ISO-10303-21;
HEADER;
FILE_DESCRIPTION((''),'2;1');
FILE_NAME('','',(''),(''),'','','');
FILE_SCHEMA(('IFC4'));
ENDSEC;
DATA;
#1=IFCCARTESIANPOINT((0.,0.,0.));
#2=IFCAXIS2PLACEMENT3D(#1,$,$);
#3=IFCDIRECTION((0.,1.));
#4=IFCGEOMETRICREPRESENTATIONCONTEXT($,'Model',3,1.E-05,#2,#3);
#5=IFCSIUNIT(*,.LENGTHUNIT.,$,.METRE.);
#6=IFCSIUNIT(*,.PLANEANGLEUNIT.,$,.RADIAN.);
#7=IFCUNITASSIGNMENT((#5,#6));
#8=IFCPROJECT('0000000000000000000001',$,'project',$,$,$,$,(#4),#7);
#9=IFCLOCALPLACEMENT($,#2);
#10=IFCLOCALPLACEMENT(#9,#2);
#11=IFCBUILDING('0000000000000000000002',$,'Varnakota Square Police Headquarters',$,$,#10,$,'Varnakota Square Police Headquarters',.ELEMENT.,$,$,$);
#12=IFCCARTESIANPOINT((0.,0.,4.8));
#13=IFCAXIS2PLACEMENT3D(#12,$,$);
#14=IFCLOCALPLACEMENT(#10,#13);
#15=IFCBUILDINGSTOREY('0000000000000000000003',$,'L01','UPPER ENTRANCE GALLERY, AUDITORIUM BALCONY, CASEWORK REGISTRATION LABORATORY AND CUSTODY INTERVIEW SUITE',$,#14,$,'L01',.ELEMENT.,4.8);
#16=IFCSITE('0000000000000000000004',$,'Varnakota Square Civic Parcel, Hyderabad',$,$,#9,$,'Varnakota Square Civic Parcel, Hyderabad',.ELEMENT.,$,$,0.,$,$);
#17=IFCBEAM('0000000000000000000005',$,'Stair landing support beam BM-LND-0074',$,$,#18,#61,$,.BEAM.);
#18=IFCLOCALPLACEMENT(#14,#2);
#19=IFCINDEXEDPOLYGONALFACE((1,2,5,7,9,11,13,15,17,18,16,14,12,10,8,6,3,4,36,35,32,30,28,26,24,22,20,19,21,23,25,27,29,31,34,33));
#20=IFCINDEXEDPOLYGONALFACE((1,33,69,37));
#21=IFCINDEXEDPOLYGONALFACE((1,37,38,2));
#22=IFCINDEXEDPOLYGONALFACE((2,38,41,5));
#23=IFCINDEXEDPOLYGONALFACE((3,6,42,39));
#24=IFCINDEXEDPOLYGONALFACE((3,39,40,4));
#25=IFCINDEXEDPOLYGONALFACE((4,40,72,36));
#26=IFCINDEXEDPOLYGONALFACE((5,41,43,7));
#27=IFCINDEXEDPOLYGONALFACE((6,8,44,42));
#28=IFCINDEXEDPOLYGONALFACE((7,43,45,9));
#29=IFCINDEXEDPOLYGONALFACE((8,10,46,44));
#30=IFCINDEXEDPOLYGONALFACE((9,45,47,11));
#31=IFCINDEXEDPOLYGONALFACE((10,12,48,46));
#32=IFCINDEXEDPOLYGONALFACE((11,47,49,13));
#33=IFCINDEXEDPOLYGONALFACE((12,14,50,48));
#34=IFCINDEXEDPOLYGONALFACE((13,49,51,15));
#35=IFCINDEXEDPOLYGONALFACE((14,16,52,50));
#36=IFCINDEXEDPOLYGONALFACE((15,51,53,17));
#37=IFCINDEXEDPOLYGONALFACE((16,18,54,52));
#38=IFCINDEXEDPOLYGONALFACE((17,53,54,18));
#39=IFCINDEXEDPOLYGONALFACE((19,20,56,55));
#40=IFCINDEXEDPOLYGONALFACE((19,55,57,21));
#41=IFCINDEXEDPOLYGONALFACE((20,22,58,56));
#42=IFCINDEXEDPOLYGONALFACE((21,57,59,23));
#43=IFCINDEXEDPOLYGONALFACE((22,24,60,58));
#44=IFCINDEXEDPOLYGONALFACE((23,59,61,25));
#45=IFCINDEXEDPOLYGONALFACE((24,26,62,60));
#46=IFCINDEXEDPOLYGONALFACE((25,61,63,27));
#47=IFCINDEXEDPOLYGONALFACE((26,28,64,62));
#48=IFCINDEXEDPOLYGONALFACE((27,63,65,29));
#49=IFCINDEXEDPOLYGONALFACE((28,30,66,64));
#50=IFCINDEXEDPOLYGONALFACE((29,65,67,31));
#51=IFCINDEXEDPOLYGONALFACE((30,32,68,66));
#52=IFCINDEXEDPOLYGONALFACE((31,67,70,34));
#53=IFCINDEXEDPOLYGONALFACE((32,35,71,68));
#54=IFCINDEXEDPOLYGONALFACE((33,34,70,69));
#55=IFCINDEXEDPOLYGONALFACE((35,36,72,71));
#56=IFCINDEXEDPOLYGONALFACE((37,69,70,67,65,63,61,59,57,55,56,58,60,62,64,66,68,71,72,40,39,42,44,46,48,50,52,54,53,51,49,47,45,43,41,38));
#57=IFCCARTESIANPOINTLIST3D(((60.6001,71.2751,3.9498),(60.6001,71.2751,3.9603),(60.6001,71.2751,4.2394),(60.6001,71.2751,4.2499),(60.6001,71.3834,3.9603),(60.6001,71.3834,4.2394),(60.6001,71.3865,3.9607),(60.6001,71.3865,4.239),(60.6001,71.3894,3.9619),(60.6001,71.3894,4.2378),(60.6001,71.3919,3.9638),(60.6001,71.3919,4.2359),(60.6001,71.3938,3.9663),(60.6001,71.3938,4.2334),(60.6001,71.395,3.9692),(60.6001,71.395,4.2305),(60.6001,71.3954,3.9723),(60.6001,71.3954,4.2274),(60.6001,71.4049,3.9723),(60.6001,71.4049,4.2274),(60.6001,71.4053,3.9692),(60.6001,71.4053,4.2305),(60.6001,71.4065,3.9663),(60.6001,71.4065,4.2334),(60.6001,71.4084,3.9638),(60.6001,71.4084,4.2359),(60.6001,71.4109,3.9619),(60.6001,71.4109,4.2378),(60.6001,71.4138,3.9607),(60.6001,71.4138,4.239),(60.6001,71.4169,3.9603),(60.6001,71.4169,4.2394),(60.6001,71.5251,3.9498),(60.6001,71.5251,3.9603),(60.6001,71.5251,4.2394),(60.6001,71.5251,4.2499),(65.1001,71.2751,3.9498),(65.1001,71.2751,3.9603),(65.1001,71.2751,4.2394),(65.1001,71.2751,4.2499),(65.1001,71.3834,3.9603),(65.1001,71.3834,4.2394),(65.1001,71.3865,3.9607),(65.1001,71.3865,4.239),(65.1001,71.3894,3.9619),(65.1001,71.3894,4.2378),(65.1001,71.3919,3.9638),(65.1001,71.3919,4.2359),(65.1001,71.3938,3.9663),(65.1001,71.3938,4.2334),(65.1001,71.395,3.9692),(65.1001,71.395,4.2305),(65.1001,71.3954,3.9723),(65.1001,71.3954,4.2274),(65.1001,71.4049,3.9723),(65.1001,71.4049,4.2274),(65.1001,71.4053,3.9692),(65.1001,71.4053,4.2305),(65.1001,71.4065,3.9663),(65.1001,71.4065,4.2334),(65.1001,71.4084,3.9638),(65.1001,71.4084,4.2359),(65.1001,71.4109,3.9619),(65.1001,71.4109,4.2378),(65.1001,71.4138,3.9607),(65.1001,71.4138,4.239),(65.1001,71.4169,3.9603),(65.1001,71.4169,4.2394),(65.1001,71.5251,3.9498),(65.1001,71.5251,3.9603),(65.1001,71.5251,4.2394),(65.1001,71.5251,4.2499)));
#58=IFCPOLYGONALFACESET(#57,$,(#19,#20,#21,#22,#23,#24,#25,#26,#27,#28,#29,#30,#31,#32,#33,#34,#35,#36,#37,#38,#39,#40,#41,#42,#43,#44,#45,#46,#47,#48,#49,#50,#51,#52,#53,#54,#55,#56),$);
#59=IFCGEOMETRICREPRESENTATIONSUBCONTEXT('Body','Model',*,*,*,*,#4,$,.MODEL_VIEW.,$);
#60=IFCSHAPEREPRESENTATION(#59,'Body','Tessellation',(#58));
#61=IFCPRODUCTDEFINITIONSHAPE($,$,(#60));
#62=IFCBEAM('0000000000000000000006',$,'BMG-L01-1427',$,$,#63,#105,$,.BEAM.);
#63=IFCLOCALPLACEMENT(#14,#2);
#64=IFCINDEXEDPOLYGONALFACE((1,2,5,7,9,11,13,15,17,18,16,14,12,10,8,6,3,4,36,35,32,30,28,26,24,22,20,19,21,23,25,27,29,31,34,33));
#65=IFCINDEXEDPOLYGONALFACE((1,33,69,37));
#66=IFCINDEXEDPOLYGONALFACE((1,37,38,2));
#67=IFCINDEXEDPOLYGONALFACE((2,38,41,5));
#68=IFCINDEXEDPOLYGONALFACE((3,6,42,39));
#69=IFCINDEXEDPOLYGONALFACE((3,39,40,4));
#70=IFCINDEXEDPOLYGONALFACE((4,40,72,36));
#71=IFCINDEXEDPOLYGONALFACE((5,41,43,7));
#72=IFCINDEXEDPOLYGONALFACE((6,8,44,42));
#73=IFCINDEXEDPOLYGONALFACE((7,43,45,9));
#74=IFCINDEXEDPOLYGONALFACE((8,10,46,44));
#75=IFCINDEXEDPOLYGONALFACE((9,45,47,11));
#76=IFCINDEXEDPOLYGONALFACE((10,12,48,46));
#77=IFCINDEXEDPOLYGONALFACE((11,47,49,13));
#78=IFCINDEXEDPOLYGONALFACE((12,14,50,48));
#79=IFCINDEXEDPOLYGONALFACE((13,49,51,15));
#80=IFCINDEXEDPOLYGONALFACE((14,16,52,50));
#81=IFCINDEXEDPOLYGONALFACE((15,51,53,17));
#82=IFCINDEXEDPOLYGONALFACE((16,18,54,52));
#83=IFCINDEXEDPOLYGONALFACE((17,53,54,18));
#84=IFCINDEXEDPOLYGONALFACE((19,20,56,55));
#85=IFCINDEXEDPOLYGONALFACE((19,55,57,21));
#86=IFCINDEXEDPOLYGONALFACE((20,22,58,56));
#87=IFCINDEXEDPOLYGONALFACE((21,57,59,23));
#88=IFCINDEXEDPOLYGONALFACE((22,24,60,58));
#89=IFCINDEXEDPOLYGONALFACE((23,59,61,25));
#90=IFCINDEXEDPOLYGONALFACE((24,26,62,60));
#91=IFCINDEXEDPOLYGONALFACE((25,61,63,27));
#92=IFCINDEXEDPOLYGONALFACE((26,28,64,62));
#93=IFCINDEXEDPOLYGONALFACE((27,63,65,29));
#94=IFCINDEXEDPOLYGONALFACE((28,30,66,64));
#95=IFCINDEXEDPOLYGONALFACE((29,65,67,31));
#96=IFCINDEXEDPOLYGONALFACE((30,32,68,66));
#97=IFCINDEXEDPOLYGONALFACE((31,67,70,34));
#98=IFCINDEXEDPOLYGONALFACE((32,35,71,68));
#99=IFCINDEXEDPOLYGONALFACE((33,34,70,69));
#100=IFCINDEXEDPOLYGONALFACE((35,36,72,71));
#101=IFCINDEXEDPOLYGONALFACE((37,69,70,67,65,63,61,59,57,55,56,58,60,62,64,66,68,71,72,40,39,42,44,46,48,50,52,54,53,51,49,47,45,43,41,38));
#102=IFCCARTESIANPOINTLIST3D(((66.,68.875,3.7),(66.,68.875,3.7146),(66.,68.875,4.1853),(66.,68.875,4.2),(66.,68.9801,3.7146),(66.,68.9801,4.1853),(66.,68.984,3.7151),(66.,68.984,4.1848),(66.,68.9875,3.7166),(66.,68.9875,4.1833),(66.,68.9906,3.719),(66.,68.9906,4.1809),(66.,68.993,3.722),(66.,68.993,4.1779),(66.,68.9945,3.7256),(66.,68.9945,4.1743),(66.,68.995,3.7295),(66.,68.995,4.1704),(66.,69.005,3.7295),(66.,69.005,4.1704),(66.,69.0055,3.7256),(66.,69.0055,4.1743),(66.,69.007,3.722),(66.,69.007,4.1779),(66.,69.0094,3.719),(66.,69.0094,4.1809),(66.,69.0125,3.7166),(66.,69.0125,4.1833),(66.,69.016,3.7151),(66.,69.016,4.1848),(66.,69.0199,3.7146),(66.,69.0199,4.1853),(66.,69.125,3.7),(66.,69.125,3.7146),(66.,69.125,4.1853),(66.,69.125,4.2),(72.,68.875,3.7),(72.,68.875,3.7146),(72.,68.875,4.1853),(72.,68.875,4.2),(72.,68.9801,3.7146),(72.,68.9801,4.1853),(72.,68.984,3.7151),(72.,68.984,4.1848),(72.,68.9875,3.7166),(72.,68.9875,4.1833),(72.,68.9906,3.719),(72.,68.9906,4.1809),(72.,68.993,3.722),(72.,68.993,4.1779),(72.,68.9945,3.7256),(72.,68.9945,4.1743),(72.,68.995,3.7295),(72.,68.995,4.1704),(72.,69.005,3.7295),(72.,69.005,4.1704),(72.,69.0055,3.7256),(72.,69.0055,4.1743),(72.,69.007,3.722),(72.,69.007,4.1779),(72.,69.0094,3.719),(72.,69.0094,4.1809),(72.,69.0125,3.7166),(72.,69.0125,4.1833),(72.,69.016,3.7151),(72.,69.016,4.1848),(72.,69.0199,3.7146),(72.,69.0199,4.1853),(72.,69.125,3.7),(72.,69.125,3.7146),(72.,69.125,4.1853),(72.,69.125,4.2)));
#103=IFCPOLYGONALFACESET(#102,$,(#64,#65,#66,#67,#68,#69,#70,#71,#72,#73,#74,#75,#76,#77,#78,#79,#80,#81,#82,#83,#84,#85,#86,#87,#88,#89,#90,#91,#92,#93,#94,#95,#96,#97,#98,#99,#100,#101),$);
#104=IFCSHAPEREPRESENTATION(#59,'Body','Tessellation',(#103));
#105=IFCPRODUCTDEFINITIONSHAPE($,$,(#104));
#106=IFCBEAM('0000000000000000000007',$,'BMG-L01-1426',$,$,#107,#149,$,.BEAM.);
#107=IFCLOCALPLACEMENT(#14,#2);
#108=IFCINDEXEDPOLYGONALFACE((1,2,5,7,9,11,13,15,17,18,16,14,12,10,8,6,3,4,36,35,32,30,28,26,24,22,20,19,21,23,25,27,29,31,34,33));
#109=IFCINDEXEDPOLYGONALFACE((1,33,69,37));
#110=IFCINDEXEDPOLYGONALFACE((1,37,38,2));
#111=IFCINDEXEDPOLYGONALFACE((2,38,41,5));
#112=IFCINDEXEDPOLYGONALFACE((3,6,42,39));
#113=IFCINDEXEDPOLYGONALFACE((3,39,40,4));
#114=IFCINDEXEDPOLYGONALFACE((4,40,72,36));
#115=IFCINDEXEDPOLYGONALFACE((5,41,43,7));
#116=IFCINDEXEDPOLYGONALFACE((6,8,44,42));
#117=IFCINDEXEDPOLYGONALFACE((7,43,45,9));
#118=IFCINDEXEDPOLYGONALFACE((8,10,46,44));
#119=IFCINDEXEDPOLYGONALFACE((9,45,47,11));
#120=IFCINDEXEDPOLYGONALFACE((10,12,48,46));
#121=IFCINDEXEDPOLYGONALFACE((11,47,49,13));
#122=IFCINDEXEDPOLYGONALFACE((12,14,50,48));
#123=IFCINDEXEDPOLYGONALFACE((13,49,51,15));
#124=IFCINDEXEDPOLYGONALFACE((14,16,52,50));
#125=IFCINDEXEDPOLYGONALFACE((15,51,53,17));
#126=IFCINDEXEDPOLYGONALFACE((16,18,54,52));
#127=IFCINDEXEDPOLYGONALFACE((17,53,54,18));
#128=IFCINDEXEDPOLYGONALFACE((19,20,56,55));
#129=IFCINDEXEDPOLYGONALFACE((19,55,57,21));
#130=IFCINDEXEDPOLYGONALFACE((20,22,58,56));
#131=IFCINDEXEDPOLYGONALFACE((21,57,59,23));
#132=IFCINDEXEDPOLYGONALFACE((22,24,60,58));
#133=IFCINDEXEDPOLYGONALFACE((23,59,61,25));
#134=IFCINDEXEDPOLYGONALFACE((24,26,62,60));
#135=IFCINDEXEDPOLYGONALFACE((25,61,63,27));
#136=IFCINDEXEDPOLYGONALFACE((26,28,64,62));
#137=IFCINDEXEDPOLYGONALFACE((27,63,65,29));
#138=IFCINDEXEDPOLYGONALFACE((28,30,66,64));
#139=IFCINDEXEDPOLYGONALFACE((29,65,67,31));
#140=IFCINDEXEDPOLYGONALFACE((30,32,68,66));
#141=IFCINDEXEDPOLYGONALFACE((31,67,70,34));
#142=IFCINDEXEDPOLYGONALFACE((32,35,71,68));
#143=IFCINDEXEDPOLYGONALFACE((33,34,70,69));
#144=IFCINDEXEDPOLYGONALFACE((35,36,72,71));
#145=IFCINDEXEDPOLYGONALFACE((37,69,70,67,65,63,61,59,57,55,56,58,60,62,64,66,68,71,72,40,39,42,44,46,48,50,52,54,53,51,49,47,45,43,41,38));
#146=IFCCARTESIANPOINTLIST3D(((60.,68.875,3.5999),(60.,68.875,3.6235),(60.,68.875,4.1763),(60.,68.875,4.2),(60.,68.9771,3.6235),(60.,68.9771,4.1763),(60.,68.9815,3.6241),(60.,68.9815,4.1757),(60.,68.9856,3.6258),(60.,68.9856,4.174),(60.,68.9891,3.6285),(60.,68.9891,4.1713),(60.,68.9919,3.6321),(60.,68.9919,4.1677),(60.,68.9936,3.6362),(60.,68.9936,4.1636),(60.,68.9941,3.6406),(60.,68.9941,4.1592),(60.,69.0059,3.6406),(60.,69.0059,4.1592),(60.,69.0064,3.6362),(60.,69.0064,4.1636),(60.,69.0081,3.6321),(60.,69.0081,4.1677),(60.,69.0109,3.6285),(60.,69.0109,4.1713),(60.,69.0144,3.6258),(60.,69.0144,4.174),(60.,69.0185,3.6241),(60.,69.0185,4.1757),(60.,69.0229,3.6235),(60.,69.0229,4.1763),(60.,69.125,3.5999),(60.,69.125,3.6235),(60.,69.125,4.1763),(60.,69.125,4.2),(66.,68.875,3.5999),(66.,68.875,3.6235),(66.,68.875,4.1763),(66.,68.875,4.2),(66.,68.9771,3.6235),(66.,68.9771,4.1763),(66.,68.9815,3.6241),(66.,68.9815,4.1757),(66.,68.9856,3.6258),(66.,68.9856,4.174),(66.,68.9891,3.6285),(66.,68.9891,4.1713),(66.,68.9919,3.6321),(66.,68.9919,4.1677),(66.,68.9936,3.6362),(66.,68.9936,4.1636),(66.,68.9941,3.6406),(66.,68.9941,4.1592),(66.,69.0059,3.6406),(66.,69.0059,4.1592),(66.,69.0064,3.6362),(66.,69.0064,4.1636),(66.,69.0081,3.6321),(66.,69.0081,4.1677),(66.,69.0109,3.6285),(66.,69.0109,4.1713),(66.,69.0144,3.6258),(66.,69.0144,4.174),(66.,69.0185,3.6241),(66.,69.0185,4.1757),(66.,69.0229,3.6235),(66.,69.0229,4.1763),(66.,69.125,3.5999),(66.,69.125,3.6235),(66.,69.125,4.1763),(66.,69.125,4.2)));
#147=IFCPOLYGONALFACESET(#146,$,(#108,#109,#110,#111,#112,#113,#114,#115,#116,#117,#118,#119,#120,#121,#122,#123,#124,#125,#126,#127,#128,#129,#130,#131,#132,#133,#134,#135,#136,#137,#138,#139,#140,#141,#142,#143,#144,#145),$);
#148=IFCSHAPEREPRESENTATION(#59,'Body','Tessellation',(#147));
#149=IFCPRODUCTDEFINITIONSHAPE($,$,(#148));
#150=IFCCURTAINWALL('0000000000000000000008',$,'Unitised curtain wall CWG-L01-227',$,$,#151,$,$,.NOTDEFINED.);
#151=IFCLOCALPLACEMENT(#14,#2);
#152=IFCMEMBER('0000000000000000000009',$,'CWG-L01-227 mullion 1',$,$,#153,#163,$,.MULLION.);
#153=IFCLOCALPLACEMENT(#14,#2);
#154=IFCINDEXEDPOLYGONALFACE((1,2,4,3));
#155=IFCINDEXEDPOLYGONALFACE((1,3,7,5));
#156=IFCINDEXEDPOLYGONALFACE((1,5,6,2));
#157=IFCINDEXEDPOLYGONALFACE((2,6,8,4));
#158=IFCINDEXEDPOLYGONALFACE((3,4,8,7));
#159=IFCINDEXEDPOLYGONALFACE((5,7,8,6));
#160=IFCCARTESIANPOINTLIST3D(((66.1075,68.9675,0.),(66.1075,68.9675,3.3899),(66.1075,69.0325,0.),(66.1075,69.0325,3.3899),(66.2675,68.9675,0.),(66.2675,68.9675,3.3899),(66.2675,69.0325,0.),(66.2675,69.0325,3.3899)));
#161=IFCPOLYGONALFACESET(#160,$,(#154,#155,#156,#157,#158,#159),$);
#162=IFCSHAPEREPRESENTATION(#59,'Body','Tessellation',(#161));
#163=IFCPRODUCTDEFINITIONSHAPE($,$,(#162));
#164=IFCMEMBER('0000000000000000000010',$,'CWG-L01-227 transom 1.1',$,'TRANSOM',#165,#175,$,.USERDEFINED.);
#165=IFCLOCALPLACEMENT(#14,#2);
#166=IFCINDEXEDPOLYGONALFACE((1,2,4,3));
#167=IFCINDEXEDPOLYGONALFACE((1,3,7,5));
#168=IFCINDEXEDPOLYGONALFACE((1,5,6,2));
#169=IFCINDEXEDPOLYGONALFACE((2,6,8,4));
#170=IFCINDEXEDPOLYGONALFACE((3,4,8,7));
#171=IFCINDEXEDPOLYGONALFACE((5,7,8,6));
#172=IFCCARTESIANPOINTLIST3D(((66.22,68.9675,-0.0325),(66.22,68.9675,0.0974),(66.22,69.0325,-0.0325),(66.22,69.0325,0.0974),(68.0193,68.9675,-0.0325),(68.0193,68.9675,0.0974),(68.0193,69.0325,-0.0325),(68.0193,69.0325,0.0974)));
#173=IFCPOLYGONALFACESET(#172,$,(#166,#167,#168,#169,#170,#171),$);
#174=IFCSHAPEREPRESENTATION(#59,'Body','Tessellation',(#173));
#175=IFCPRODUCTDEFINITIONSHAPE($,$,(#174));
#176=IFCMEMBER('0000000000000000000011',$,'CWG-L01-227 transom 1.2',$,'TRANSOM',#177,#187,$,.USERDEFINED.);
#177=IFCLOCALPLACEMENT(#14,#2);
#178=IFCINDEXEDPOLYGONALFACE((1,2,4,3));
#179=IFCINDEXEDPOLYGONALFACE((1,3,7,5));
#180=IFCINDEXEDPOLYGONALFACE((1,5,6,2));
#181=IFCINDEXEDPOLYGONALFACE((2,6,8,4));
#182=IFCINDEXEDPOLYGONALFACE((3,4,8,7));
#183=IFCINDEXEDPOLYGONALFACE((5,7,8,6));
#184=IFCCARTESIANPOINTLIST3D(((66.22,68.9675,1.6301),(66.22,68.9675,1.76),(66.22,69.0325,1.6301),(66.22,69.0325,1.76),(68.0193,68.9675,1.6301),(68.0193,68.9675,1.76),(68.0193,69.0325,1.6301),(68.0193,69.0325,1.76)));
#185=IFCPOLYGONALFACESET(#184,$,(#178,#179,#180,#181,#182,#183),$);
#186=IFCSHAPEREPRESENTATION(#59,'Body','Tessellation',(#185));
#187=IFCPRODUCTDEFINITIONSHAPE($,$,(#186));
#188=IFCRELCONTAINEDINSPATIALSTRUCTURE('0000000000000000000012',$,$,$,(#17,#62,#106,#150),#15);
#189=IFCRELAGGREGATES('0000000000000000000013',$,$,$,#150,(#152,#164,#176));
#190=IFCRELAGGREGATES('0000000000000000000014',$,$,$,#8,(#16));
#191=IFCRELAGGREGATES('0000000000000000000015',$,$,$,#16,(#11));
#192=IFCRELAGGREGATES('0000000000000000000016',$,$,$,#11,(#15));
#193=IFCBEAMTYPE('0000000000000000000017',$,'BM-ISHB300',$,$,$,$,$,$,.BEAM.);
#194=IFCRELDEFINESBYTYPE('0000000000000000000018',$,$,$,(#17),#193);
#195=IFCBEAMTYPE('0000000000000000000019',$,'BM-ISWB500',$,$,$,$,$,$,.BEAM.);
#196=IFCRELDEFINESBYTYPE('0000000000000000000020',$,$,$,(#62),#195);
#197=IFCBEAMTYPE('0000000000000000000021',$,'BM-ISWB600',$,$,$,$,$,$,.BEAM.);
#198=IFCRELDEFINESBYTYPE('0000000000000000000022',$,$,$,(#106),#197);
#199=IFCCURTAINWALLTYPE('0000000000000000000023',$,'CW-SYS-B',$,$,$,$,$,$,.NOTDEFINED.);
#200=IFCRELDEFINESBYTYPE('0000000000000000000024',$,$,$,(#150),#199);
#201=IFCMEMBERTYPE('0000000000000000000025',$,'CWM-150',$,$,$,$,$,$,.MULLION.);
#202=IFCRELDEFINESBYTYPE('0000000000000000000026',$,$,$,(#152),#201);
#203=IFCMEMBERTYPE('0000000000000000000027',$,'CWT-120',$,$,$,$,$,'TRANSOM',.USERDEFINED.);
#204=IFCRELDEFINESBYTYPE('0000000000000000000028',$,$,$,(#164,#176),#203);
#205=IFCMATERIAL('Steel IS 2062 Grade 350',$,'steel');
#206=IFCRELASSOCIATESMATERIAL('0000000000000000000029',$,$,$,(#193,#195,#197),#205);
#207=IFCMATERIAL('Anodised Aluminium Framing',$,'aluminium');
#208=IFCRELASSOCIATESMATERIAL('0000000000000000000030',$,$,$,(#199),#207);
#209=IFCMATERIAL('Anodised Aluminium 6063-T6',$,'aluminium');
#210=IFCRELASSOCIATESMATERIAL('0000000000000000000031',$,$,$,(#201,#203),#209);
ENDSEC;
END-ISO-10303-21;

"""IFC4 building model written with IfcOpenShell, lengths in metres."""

from ifc_helpers import new_model, si_unit, direction, frame, origin, origin_2d, place, context, subcontext, project, spatial, rectangle, i_section, extrude, material, material_profile, profile_set, type_object, element, aggregate, save


model = new_model("IFC4")

# Units and contexts
model_context = context("Model", 3, precision=1e-05, world=origin(), true_north=direction((0.0, 1.0)))
body_context = subcontext(model_context, "Body", "Model", "MODEL_VIEW")
ifc_project = project(units=[si_unit("LENGTHUNIT", "METRE"), si_unit("PLANEANGLEUNIT", "RADIAN")], contexts=[model_context])

# Site, building, storey
site_placement = place(None, origin())
site = spatial("IfcSite", under=ifc_project, at=site_placement, Name="Varnakota Square Civic Parcel, Hyderabad", LongName="Varnakota Square Civic Parcel, Hyderabad", CompositionType="ELEMENT", RefElevation=0.0)
building_placement = place(site_placement, origin())
building = spatial("IfcBuilding", under=site, at=building_placement, Name="Varnakota Square Police Headquarters", LongName="Varnakota Square Police Headquarters", CompositionType="ELEMENT")
storey_placement = place(building_placement, frame((0.0, 0.0, 4.8)))
storey = spatial("IfcBuildingStorey", under=building, at=storey_placement, Name="L01", Description="UPPER ENTRANCE GALLERY, AUDITORIUM BALCONY, CASEWORK REGISTRATION LABORATORY AND CUSTODY INTERVIEW SUITE", LongName="L01", CompositionType="ELEMENT", Elevation=4.8)

# Shared definitions
ifc_material_1 = material(Name="Steel IS 2062 Grade 350", Category="steel")

# Beams
ifc_material_profile_1 = material_profile(ifc_material_1, i_section(OverallWidth=0.25, OverallDepth=0.3, WebThickness=0.0095, FlangeThickness=0.0105, FilletRadius=0.012, at=origin_2d()), Name="ISHB 300")
ifc_profile_set_1 = profile_set([ifc_material_profile_1], Name="Steel IS 2062 Grade 350")
beam_type_1 = type_object("IfcBeamType", Name="BM-ISHB300", PredefinedType="BEAM", material=ifc_profile_set_1)
beam_1_placement = place(storey_placement, frame((60.6001, 71.4001, 4.0999), z_axis=(1.0, 0.0, 0.0), x_axis=(0.0, 1.0, 0.0)))
element("IfcBeam", 1, at=beam_1_placement, inside=storey, type_object=beam_type_1, Name="Stair landing support beam BM-LND-0074", PredefinedType="BEAM", context=body_context, shape_type="SweptSolid", body=[
    extrude(i_section(OverallWidth=0.25, OverallDepth=0.3, WebThickness=0.0095, FlangeThickness=0.0105, FilletRadius=0.012, at=origin_2d()), origin(), (0.0, 0.0, 1.0), 4.5),
])
ifc_material_profile_2 = material_profile(ifc_material_1, i_section(OverallWidth=0.25, OverallDepth=0.5, WebThickness=0.01, FlangeThickness=0.0146, FilletRadius=0.0149, at=origin_2d()), Name="ISWB 500")
ifc_profile_set_2 = profile_set([ifc_material_profile_2], Name="Steel IS 2062 Grade 350")
beam_type_2 = type_object("IfcBeamType", Name="BM-ISWB500", PredefinedType="BEAM", material=ifc_profile_set_2)
beam_2_placement = place(storey_placement, frame((66.0, 69.0, 3.95), z_axis=(1.0, 0.0, 0.0), x_axis=(0.0, 1.0, 0.0)))
element("IfcBeam", 2, at=beam_2_placement, inside=storey, type_object=beam_type_2, Name="BMG-L01-1427", PredefinedType="BEAM", context=body_context, shape_type="SweptSolid", body=[
    extrude(i_section(OverallWidth=0.25, OverallDepth=0.5, WebThickness=0.01, FlangeThickness=0.0146, FilletRadius=0.0149, at=origin_2d()), origin(), (0.0, 0.0, 1.0), 6.0),
])
ifc_material_profile_3 = material_profile(ifc_material_1, i_section(OverallWidth=0.25, OverallDepth=0.6001, WebThickness=0.0117, FlangeThickness=0.0237, FilletRadius=0.0171, at=origin_2d()), Name="ISWB 600")
ifc_profile_set_3 = profile_set([ifc_material_profile_3], Name="Steel IS 2062 Grade 350")
beam_type_3 = type_object("IfcBeamType", Name="BM-ISWB600", PredefinedType="BEAM", material=ifc_profile_set_3)
beam_3_placement = place(storey_placement, frame((60.0, 69.0, 3.8999), z_axis=(1.0, 0.0, 0.0), x_axis=(0.0, 1.0, 0.0)))
element("IfcBeam", 3, at=beam_3_placement, inside=storey, type_object=beam_type_3, Name="BMG-L01-1426", PredefinedType="BEAM", context=body_context, shape_type="SweptSolid", body=[
    extrude(i_section(OverallWidth=0.25, OverallDepth=0.6001, WebThickness=0.0117, FlangeThickness=0.0237, FilletRadius=0.0171, at=origin_2d()), origin(), (0.0, 0.0, 1.0), 6.0),
])

# Curtain wall, members
ifc_material_2 = material(Name="Anodised Aluminium Framing", Category="aluminium")
curtain_wall_type = type_object("IfcCurtainWallType", Name="CW-SYS-B", PredefinedType="NOTDEFINED", material=ifc_material_2)
curtain_wall_placement = place(storey_placement, origin())
curtain_wall = element("IfcCurtainWall", 4, at=curtain_wall_placement, inside=storey, type_object=curtain_wall_type, Name="Unitised curtain wall CWG-L01-227", PredefinedType="NOTDEFINED")
ifc_material_3 = material(Name="Anodised Aluminium 6063-T6", Category="aluminium")
ifc_material_profile_4 = material_profile(ifc_material_3, rectangle(XDim=0.0649, YDim=0.1599, at=origin_2d()), Name="ALU MULLION 65x160")
ifc_profile_set_4 = profile_set([ifc_material_profile_4], Name="Anodised Aluminium 6063-T6")
member_type_1 = type_object("IfcMemberType", Name="CWM-150", PredefinedType="MULLION", material=ifc_profile_set_4)
member_1_placement = place(storey_placement, frame((66.1875, 69.0, 0.0), z_axis=(0.0, 0.0, 1.0), x_axis=(0.0, 1.0, 0.0)))
member_1 = element("IfcMember", 5, at=member_1_placement, type_object=member_type_1, Name="CWG-L01-227 mullion 1", PredefinedType="MULLION", context=body_context, shape_type="SweptSolid", body=[
    extrude(rectangle(XDim=0.0649, YDim=0.1599, at=origin_2d()), origin(), (0.0, 0.0, 1.0), 3.3899),
])
ifc_material_profile_5 = material_profile(ifc_material_3, rectangle(XDim=0.0649, YDim=0.1299, at=origin_2d()), Name="ALU TRANSOM 65x130")
ifc_profile_set_5 = profile_set([ifc_material_profile_5], Name="Anodised Aluminium 6063-T6")
member_type_2 = type_object("IfcMemberType", Name="CWT-120", ElementType="TRANSOM", PredefinedType="USERDEFINED", material=ifc_profile_set_5)
member_2_placement = place(storey_placement, frame((66.22, 69.0, 0.0325), z_axis=(1.0, 0.0, 0.0), x_axis=(0.0, 1.0, 0.0)))
member_2 = element("IfcMember", 6, at=member_2_placement, type_object=member_type_2, Name="CWG-L01-227 transom 1.1", ObjectType="TRANSOM", PredefinedType="USERDEFINED", context=body_context, shape_type="SweptSolid", body=[
    extrude(rectangle(XDim=0.0649, YDim=0.1299, at=origin_2d()), origin(), (0.0, 0.0, 1.0), 1.7993),
])
member_3_placement = place(storey_placement, frame((66.22, 69.0, 1.6951), z_axis=(1.0, 0.0, 0.0), x_axis=(0.0, 1.0, 0.0)))
member_3 = element("IfcMember", 7, at=member_3_placement, type_object=member_type_2, Name="CWG-L01-227 transom 1.2", ObjectType="TRANSOM", PredefinedType="USERDEFINED", context=body_context, shape_type="SweptSolid", body=[
    extrude(rectangle(XDim=0.0649, YDim=0.1299, at=origin_2d()), origin(), (0.0, 0.0, 1.0), 1.7993),
])
aggregate(curtain_wall, [member_1, member_2, member_3])

save(model, "model.ifc")
